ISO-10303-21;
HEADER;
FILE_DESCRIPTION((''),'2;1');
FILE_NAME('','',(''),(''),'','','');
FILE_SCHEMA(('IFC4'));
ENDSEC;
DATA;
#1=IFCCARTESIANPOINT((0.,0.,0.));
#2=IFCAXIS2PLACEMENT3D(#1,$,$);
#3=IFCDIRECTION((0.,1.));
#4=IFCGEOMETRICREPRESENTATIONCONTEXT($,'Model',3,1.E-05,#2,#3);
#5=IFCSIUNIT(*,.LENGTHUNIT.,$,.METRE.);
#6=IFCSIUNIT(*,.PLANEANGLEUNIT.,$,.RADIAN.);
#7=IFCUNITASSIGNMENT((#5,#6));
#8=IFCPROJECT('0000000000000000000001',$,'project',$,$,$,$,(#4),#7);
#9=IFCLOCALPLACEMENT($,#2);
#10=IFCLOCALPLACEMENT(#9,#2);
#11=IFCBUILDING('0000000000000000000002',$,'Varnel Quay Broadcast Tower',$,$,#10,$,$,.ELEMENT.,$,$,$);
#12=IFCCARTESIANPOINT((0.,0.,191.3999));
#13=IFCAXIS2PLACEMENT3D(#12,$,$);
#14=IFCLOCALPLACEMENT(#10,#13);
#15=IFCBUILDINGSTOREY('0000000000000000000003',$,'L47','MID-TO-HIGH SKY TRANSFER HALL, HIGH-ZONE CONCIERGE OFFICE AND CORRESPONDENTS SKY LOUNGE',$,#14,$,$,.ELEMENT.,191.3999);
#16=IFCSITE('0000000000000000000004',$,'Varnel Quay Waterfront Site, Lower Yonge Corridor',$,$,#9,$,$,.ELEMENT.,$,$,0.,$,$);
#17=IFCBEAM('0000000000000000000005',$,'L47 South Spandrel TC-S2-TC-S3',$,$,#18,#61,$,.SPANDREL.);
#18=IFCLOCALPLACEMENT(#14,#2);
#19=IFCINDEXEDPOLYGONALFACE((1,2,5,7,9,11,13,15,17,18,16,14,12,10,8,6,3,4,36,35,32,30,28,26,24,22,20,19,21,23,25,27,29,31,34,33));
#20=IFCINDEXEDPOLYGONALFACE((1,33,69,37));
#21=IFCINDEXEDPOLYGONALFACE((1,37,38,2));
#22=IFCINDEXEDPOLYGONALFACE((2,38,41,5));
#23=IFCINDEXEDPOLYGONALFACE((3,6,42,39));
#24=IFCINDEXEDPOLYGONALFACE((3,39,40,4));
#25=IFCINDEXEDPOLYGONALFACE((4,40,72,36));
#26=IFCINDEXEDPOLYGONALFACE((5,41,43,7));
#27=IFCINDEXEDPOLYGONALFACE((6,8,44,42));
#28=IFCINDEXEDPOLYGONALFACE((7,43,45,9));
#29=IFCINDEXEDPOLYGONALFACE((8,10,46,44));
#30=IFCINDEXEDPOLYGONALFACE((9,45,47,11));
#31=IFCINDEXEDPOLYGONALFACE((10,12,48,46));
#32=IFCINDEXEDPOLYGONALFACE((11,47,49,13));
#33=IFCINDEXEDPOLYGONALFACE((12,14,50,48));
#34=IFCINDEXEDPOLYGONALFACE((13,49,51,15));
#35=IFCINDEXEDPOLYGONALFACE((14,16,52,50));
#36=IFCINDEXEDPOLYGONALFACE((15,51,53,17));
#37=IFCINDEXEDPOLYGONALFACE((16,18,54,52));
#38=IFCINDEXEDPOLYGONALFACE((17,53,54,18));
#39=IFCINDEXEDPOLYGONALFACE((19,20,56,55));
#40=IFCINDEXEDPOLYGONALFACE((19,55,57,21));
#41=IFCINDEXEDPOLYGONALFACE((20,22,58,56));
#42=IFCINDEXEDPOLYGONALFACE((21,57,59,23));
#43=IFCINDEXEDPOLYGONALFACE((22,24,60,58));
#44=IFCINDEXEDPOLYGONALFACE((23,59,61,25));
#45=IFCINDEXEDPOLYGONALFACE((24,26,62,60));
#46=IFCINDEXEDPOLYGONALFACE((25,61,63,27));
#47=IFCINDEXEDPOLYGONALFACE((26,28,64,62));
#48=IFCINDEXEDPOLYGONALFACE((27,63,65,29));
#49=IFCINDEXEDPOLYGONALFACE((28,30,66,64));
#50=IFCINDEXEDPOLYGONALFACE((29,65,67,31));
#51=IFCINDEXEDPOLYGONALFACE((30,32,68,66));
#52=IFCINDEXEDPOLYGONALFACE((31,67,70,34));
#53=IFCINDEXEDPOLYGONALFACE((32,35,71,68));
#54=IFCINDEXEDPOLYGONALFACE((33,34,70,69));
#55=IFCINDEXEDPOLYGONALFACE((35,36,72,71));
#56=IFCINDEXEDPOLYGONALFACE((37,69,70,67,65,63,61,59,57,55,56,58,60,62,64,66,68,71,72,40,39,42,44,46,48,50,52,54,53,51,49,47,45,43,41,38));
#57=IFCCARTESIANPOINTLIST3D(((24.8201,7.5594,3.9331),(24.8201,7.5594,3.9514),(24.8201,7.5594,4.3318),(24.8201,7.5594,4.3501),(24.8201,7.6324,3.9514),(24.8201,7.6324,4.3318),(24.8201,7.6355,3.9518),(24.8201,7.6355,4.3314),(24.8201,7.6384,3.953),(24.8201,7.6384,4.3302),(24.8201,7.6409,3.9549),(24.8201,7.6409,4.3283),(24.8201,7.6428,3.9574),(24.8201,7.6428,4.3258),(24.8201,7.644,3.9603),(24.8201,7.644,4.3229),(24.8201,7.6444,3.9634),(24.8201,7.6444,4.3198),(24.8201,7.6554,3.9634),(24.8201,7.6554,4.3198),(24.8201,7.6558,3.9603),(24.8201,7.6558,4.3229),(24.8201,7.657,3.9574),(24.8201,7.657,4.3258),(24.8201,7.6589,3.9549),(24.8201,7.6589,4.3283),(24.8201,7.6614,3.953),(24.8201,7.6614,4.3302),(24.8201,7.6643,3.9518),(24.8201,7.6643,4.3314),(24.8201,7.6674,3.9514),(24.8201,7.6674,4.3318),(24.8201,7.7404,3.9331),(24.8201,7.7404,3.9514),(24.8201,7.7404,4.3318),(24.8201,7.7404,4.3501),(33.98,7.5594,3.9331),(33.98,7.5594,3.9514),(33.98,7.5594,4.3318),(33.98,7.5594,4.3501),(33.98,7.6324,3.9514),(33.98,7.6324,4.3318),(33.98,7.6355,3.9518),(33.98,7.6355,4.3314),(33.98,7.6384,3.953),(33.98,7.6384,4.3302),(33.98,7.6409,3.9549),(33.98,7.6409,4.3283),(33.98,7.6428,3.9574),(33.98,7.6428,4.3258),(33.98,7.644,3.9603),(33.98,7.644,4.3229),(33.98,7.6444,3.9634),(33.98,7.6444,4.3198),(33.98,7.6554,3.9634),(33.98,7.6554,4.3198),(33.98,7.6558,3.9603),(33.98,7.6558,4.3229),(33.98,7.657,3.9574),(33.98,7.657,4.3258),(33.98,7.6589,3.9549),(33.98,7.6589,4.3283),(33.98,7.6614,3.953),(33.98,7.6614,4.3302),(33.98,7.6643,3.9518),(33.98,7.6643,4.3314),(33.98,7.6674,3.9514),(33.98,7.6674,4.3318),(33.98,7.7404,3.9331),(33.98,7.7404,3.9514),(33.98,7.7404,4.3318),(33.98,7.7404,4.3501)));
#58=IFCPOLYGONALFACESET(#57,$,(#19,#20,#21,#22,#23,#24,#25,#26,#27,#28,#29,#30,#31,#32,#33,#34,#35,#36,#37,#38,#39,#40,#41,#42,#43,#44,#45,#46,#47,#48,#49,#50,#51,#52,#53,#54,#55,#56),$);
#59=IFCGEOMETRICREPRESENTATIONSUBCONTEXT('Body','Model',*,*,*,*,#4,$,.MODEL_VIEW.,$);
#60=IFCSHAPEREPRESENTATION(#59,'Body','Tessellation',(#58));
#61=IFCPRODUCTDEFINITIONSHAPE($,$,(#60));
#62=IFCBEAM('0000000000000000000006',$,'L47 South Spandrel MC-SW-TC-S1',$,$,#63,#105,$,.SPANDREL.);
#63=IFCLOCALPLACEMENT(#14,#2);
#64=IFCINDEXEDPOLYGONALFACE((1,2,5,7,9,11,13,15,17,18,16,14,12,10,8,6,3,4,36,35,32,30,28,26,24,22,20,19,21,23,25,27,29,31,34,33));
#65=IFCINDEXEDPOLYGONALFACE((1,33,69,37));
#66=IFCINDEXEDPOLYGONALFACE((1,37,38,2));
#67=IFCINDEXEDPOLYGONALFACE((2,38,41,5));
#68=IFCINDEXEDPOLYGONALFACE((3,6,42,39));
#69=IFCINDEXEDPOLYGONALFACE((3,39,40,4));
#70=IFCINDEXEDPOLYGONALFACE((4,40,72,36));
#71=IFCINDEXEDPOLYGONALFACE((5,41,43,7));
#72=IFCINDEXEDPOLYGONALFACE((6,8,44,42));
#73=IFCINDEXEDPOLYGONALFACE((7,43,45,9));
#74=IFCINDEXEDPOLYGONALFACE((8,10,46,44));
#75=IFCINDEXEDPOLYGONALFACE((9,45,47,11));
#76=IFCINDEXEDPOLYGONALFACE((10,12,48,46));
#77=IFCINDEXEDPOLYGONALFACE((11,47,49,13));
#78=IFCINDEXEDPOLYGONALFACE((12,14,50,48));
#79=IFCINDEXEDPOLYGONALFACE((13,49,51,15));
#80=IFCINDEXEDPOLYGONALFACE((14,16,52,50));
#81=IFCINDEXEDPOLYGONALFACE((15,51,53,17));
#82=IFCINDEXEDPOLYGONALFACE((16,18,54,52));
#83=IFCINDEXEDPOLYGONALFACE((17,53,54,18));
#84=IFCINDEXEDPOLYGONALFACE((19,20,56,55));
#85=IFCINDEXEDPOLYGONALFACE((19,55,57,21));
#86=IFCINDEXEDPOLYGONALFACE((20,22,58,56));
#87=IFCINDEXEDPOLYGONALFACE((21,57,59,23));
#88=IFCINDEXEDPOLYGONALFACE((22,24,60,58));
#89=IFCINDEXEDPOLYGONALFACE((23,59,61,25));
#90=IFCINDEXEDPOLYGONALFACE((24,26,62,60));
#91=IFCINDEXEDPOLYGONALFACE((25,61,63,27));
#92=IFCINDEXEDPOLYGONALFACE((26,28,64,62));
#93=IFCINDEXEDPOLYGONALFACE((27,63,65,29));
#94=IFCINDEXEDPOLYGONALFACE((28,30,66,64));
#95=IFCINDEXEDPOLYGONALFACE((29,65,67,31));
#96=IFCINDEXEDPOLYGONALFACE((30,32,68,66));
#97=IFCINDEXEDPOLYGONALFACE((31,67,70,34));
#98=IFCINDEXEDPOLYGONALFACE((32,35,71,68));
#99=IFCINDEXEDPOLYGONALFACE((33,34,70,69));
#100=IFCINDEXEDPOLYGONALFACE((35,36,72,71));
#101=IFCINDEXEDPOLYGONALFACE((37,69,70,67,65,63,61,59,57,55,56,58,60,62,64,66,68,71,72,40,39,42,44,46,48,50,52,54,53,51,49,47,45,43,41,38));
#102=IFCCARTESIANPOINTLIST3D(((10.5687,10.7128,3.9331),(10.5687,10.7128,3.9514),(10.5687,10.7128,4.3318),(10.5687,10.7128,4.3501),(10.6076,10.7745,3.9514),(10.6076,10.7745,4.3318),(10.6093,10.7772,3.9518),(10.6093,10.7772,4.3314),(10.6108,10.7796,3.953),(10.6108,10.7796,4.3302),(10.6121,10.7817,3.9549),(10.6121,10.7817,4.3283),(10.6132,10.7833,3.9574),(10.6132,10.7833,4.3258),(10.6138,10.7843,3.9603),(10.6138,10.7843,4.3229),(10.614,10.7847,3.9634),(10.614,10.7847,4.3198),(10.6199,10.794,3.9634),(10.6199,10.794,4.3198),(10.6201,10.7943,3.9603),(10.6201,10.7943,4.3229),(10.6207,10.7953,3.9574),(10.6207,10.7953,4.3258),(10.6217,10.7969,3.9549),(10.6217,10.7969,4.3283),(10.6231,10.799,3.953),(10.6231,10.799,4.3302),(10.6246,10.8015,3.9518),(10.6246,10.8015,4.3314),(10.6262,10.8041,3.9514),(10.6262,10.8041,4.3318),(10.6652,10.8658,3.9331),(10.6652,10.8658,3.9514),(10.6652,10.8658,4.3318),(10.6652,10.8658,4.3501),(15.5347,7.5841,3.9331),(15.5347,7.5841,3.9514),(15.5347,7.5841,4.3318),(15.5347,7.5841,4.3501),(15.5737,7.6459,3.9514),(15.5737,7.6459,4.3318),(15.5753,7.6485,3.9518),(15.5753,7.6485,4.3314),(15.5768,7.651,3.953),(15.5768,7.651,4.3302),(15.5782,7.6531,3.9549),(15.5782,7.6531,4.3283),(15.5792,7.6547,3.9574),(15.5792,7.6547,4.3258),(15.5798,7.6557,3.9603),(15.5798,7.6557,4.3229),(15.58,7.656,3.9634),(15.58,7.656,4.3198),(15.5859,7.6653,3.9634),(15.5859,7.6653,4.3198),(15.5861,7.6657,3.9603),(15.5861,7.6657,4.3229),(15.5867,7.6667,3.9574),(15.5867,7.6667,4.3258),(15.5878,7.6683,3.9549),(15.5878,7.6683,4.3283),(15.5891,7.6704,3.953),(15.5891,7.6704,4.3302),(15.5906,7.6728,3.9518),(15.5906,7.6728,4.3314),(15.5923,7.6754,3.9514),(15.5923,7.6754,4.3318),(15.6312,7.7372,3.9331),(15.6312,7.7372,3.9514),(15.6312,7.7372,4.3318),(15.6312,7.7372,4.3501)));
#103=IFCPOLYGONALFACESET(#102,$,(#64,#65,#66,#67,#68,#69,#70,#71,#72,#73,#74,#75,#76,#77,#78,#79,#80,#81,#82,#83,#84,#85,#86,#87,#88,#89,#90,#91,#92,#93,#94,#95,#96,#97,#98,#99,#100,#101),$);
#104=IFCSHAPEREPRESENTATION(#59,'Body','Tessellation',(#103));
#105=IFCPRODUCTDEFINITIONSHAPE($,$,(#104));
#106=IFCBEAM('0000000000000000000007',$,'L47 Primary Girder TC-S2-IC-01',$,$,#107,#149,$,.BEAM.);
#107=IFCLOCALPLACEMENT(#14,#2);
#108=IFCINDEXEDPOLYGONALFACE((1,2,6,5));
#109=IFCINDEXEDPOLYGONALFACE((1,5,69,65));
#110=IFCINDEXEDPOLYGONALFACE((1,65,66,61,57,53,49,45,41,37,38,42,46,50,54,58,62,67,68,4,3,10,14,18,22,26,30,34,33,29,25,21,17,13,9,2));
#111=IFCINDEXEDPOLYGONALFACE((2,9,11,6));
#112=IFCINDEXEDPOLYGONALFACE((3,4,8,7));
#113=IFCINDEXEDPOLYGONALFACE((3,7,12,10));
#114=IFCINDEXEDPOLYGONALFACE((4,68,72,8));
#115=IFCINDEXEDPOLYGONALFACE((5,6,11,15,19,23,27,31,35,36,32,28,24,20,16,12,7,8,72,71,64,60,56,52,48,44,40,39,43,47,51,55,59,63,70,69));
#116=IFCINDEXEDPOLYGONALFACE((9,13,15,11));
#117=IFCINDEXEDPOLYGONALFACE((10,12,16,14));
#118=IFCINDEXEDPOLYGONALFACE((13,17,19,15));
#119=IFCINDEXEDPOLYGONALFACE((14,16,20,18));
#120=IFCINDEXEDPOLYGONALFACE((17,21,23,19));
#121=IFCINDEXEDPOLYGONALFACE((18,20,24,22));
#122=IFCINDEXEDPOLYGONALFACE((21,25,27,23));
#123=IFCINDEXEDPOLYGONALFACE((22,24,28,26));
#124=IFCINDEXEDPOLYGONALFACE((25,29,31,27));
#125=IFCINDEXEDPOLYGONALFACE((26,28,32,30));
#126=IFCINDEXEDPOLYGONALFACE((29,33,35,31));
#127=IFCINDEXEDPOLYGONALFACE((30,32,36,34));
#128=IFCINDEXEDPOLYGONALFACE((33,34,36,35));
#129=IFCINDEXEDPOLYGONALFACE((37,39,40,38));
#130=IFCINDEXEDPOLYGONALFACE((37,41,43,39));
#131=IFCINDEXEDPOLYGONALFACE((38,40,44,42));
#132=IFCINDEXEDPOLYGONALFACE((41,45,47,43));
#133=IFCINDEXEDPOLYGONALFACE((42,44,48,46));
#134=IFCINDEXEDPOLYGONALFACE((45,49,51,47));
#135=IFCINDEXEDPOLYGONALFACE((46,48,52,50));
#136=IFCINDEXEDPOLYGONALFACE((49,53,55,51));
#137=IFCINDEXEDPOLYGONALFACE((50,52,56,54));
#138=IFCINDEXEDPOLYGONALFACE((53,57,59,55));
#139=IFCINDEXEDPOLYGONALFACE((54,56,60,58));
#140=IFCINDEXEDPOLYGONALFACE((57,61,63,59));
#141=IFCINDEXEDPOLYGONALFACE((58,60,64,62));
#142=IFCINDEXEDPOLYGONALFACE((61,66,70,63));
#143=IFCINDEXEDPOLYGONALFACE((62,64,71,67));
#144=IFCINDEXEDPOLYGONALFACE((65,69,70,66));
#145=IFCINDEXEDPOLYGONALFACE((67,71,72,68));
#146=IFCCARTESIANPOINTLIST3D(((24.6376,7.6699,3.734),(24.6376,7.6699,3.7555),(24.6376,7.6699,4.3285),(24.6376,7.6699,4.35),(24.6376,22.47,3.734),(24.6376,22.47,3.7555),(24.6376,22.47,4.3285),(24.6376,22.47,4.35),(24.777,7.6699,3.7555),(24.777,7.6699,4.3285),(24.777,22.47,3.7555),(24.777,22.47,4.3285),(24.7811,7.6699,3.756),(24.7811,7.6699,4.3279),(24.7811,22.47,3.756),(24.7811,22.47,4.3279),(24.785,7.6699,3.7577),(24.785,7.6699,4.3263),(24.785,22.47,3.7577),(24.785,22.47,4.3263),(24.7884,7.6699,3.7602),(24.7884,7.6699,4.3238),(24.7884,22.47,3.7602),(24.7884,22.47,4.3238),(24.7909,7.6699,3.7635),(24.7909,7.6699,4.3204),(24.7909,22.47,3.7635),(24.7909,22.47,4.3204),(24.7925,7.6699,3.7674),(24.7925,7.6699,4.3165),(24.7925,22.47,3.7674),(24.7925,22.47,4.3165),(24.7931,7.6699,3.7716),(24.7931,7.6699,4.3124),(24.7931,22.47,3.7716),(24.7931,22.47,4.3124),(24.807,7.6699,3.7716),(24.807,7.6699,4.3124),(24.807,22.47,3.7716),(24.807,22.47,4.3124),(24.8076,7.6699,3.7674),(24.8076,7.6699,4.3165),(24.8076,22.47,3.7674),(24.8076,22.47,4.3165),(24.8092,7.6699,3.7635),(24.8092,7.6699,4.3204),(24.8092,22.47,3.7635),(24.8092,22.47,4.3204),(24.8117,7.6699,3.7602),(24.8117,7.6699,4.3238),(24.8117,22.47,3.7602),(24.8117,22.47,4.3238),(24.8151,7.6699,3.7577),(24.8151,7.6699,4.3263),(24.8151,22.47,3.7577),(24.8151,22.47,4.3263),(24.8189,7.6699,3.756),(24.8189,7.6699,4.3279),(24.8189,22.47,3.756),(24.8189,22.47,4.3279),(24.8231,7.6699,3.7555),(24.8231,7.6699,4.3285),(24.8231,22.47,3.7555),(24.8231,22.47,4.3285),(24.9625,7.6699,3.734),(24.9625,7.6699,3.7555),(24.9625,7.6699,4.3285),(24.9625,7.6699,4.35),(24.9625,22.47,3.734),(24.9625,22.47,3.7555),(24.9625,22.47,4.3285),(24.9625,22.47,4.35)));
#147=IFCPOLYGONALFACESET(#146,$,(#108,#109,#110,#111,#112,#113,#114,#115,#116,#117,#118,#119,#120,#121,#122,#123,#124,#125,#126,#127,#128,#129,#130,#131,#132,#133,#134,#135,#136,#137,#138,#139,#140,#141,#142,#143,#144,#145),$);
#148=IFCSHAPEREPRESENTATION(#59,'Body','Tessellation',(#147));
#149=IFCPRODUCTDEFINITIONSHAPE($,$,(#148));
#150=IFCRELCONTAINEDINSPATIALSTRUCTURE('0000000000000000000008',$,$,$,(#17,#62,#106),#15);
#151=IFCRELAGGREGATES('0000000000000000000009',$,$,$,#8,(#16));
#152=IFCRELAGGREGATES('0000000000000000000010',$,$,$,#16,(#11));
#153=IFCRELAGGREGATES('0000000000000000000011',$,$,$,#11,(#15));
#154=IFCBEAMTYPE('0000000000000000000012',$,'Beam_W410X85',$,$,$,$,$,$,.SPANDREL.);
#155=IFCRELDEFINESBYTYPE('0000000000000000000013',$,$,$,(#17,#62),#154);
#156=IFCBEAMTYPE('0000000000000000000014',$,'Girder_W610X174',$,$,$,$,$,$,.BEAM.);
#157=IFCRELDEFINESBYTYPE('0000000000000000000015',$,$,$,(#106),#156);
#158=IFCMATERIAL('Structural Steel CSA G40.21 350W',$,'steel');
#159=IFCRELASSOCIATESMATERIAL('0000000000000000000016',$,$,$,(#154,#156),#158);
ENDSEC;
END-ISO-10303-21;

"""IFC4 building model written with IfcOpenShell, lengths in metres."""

from ifc_helpers import new_model, si_unit, direction, frame, origin, origin_2d, place, context, subcontext, project, spatial, i_section, extrude, source, transform, mapped, material, material_profile, profile_set, type_object, type_shapes, element, save


model = new_model("IFC4")

# Units and contexts
model_context = context("Model", 3, precision=1e-05, world=origin(), true_north=direction((0.0, 1.0)))
body_context = subcontext(model_context, "Body", "Model", "MODEL_VIEW")
ifc_project = project(units=[si_unit("LENGTHUNIT", "METRE"), si_unit("PLANEANGLEUNIT", "RADIAN")], contexts=[model_context])

# Site, building, storey
site_placement = place(None, origin())
site = spatial("IfcSite", under=ifc_project, at=site_placement, Name="Varnel Quay Waterfront Site, Lower Yonge Corridor", CompositionType="ELEMENT", RefElevation=0.0)
building_placement = place(site_placement, origin())
building = spatial("IfcBuilding", under=site, at=building_placement, Name="Varnel Quay Broadcast Tower", CompositionType="ELEMENT")
storey_placement = place(building_placement, frame((0.0, 0.0, 191.3999)))
storey = spatial("IfcBuildingStorey", under=building, at=storey_placement, Name="L47", Description="MID-TO-HIGH SKY TRANSFER HALL, HIGH-ZONE CONCIERGE OFFICE AND CORRESPONDENTS SKY LOUNGE", CompositionType="ELEMENT", Elevation=191.3999)

# Shared definitions
ifc_material_1 = material(Name="Structural Steel CSA G40.21 350W", Category="steel")

# Beams
ifc_material_profile_1 = material_profile(ifc_material_1, i_section(OverallWidth=0.1809, OverallDepth=0.417, WebThickness=0.011, FlangeThickness=0.0183, FilletRadius=0.012, at=origin_2d()), Name="W410X85")
ifc_profile_set_1 = profile_set([ifc_material_profile_1], Name="Structural Steel CSA G40.21 350W")
beam_type_1 = type_object("IfcBeamType", Name="Beam_W410X85", PredefinedType="SPANDREL", material=ifc_profile_set_1)
shared_shape_1 = source(origin(), body_context, "Body", "SweptSolid", [
    extrude(i_section(OverallWidth=0.1809, OverallDepth=0.417, WebThickness=0.011, FlangeThickness=0.0183, FilletRadius=0.012, at=origin_2d()), origin(), (0.0, 0.0, 1.0), 9.1599),
])
for number, where, z_axis, x_axis, name in (
    (1, (24.8201, 7.6499, 4.1416), (1.0, 0.0, 0.0), (0.0, 1.0, 0.0), "L47 South Spandrel TC-S2-TC-S3"),
):
    element("IfcBeam", number, at=place(storey_placement, frame(where, z_axis=z_axis, x_axis=x_axis)), inside=storey, type_object=beam_type_1, Name=name, PredefinedType="SPANDREL", context=body_context, shape_type="MappedRepresentation", body=[
        mapped(shared_shape_1, transform((0.0, 0.0, 0.0), x_axis=(1.0, 0.0, 0.0), y_axis=(0.0, 1.0, 0.0), z_axis=(0.0, 0.0, 1.0), scale=1.0)),
    ])
shared_shape_2 = source(origin(), body_context, "Body", "SweptSolid", [
    extrude(i_section(OverallWidth=0.1809, OverallDepth=0.417, WebThickness=0.011, FlangeThickness=0.0183, FilletRadius=0.012, at=origin_2d()), origin(), (0.0, 0.0, 1.0), 5.8694),
])
type_shapes(beam_type_1, [shared_shape_1, shared_shape_2])
beam_1_placement = place(storey_placement, frame((10.6169, 10.7893, 4.1416), z_axis=(0.846088, -0.533043, 0.0), x_axis=(0.533043, 0.846088, 0.0)))
element("IfcBeam", 2, at=beam_1_placement, inside=storey, type_object=beam_type_1, Name="L47 South Spandrel MC-SW-TC-S1", PredefinedType="SPANDREL", context=body_context, shape_type="MappedRepresentation", body=[
    mapped(shared_shape_2, transform((0.0, 0.0, 0.0), x_axis=(1.0, 0.0, 0.0), y_axis=(0.0, 1.0, 0.0), z_axis=(0.0, 0.0, 1.0), scale=1.0)),
])
ifc_material_profile_2 = material_profile(ifc_material_1, i_section(OverallWidth=0.325, OverallDepth=0.616, WebThickness=0.0139, FlangeThickness=0.0215, FilletRadius=0.0161, at=origin_2d()), Name="W610X174")
ifc_profile_set_2 = profile_set([ifc_material_profile_2], Name="Structural Steel CSA G40.21 350W")
beam_type_2 = type_object("IfcBeamType", Name="Girder_W610X174", PredefinedType="BEAM", material=ifc_profile_set_2)
shared_shape_3 = source(origin(), body_context, "Body", "SweptSolid", [
    extrude(i_section(OverallWidth=0.325, OverallDepth=0.616, WebThickness=0.0139, FlangeThickness=0.0215, FilletRadius=0.0161, at=origin_2d()), origin(), (0.0, 0.0, 1.0), 14.8),
])
type_shapes(beam_type_2, [shared_shape_3])
beam_2_placement = place(storey_placement, frame((24.8, 7.6699, 4.042), z_axis=(0.0, 1.0, 0.0), x_axis=(-1.0, 0.0, 0.0)))
element("IfcBeam", 3, at=beam_2_placement, inside=storey, type_object=beam_type_2, Name="L47 Primary Girder TC-S2-IC-01", PredefinedType="BEAM", context=body_context, shape_type="MappedRepresentation", body=[
    mapped(shared_shape_3, transform((0.0, 0.0, 0.0), x_axis=(1.0, 0.0, 0.0), y_axis=(0.0, 1.0, 0.0), z_axis=(0.0, 0.0, 1.0), scale=1.0)),
])

save(model, "model.ifc")
